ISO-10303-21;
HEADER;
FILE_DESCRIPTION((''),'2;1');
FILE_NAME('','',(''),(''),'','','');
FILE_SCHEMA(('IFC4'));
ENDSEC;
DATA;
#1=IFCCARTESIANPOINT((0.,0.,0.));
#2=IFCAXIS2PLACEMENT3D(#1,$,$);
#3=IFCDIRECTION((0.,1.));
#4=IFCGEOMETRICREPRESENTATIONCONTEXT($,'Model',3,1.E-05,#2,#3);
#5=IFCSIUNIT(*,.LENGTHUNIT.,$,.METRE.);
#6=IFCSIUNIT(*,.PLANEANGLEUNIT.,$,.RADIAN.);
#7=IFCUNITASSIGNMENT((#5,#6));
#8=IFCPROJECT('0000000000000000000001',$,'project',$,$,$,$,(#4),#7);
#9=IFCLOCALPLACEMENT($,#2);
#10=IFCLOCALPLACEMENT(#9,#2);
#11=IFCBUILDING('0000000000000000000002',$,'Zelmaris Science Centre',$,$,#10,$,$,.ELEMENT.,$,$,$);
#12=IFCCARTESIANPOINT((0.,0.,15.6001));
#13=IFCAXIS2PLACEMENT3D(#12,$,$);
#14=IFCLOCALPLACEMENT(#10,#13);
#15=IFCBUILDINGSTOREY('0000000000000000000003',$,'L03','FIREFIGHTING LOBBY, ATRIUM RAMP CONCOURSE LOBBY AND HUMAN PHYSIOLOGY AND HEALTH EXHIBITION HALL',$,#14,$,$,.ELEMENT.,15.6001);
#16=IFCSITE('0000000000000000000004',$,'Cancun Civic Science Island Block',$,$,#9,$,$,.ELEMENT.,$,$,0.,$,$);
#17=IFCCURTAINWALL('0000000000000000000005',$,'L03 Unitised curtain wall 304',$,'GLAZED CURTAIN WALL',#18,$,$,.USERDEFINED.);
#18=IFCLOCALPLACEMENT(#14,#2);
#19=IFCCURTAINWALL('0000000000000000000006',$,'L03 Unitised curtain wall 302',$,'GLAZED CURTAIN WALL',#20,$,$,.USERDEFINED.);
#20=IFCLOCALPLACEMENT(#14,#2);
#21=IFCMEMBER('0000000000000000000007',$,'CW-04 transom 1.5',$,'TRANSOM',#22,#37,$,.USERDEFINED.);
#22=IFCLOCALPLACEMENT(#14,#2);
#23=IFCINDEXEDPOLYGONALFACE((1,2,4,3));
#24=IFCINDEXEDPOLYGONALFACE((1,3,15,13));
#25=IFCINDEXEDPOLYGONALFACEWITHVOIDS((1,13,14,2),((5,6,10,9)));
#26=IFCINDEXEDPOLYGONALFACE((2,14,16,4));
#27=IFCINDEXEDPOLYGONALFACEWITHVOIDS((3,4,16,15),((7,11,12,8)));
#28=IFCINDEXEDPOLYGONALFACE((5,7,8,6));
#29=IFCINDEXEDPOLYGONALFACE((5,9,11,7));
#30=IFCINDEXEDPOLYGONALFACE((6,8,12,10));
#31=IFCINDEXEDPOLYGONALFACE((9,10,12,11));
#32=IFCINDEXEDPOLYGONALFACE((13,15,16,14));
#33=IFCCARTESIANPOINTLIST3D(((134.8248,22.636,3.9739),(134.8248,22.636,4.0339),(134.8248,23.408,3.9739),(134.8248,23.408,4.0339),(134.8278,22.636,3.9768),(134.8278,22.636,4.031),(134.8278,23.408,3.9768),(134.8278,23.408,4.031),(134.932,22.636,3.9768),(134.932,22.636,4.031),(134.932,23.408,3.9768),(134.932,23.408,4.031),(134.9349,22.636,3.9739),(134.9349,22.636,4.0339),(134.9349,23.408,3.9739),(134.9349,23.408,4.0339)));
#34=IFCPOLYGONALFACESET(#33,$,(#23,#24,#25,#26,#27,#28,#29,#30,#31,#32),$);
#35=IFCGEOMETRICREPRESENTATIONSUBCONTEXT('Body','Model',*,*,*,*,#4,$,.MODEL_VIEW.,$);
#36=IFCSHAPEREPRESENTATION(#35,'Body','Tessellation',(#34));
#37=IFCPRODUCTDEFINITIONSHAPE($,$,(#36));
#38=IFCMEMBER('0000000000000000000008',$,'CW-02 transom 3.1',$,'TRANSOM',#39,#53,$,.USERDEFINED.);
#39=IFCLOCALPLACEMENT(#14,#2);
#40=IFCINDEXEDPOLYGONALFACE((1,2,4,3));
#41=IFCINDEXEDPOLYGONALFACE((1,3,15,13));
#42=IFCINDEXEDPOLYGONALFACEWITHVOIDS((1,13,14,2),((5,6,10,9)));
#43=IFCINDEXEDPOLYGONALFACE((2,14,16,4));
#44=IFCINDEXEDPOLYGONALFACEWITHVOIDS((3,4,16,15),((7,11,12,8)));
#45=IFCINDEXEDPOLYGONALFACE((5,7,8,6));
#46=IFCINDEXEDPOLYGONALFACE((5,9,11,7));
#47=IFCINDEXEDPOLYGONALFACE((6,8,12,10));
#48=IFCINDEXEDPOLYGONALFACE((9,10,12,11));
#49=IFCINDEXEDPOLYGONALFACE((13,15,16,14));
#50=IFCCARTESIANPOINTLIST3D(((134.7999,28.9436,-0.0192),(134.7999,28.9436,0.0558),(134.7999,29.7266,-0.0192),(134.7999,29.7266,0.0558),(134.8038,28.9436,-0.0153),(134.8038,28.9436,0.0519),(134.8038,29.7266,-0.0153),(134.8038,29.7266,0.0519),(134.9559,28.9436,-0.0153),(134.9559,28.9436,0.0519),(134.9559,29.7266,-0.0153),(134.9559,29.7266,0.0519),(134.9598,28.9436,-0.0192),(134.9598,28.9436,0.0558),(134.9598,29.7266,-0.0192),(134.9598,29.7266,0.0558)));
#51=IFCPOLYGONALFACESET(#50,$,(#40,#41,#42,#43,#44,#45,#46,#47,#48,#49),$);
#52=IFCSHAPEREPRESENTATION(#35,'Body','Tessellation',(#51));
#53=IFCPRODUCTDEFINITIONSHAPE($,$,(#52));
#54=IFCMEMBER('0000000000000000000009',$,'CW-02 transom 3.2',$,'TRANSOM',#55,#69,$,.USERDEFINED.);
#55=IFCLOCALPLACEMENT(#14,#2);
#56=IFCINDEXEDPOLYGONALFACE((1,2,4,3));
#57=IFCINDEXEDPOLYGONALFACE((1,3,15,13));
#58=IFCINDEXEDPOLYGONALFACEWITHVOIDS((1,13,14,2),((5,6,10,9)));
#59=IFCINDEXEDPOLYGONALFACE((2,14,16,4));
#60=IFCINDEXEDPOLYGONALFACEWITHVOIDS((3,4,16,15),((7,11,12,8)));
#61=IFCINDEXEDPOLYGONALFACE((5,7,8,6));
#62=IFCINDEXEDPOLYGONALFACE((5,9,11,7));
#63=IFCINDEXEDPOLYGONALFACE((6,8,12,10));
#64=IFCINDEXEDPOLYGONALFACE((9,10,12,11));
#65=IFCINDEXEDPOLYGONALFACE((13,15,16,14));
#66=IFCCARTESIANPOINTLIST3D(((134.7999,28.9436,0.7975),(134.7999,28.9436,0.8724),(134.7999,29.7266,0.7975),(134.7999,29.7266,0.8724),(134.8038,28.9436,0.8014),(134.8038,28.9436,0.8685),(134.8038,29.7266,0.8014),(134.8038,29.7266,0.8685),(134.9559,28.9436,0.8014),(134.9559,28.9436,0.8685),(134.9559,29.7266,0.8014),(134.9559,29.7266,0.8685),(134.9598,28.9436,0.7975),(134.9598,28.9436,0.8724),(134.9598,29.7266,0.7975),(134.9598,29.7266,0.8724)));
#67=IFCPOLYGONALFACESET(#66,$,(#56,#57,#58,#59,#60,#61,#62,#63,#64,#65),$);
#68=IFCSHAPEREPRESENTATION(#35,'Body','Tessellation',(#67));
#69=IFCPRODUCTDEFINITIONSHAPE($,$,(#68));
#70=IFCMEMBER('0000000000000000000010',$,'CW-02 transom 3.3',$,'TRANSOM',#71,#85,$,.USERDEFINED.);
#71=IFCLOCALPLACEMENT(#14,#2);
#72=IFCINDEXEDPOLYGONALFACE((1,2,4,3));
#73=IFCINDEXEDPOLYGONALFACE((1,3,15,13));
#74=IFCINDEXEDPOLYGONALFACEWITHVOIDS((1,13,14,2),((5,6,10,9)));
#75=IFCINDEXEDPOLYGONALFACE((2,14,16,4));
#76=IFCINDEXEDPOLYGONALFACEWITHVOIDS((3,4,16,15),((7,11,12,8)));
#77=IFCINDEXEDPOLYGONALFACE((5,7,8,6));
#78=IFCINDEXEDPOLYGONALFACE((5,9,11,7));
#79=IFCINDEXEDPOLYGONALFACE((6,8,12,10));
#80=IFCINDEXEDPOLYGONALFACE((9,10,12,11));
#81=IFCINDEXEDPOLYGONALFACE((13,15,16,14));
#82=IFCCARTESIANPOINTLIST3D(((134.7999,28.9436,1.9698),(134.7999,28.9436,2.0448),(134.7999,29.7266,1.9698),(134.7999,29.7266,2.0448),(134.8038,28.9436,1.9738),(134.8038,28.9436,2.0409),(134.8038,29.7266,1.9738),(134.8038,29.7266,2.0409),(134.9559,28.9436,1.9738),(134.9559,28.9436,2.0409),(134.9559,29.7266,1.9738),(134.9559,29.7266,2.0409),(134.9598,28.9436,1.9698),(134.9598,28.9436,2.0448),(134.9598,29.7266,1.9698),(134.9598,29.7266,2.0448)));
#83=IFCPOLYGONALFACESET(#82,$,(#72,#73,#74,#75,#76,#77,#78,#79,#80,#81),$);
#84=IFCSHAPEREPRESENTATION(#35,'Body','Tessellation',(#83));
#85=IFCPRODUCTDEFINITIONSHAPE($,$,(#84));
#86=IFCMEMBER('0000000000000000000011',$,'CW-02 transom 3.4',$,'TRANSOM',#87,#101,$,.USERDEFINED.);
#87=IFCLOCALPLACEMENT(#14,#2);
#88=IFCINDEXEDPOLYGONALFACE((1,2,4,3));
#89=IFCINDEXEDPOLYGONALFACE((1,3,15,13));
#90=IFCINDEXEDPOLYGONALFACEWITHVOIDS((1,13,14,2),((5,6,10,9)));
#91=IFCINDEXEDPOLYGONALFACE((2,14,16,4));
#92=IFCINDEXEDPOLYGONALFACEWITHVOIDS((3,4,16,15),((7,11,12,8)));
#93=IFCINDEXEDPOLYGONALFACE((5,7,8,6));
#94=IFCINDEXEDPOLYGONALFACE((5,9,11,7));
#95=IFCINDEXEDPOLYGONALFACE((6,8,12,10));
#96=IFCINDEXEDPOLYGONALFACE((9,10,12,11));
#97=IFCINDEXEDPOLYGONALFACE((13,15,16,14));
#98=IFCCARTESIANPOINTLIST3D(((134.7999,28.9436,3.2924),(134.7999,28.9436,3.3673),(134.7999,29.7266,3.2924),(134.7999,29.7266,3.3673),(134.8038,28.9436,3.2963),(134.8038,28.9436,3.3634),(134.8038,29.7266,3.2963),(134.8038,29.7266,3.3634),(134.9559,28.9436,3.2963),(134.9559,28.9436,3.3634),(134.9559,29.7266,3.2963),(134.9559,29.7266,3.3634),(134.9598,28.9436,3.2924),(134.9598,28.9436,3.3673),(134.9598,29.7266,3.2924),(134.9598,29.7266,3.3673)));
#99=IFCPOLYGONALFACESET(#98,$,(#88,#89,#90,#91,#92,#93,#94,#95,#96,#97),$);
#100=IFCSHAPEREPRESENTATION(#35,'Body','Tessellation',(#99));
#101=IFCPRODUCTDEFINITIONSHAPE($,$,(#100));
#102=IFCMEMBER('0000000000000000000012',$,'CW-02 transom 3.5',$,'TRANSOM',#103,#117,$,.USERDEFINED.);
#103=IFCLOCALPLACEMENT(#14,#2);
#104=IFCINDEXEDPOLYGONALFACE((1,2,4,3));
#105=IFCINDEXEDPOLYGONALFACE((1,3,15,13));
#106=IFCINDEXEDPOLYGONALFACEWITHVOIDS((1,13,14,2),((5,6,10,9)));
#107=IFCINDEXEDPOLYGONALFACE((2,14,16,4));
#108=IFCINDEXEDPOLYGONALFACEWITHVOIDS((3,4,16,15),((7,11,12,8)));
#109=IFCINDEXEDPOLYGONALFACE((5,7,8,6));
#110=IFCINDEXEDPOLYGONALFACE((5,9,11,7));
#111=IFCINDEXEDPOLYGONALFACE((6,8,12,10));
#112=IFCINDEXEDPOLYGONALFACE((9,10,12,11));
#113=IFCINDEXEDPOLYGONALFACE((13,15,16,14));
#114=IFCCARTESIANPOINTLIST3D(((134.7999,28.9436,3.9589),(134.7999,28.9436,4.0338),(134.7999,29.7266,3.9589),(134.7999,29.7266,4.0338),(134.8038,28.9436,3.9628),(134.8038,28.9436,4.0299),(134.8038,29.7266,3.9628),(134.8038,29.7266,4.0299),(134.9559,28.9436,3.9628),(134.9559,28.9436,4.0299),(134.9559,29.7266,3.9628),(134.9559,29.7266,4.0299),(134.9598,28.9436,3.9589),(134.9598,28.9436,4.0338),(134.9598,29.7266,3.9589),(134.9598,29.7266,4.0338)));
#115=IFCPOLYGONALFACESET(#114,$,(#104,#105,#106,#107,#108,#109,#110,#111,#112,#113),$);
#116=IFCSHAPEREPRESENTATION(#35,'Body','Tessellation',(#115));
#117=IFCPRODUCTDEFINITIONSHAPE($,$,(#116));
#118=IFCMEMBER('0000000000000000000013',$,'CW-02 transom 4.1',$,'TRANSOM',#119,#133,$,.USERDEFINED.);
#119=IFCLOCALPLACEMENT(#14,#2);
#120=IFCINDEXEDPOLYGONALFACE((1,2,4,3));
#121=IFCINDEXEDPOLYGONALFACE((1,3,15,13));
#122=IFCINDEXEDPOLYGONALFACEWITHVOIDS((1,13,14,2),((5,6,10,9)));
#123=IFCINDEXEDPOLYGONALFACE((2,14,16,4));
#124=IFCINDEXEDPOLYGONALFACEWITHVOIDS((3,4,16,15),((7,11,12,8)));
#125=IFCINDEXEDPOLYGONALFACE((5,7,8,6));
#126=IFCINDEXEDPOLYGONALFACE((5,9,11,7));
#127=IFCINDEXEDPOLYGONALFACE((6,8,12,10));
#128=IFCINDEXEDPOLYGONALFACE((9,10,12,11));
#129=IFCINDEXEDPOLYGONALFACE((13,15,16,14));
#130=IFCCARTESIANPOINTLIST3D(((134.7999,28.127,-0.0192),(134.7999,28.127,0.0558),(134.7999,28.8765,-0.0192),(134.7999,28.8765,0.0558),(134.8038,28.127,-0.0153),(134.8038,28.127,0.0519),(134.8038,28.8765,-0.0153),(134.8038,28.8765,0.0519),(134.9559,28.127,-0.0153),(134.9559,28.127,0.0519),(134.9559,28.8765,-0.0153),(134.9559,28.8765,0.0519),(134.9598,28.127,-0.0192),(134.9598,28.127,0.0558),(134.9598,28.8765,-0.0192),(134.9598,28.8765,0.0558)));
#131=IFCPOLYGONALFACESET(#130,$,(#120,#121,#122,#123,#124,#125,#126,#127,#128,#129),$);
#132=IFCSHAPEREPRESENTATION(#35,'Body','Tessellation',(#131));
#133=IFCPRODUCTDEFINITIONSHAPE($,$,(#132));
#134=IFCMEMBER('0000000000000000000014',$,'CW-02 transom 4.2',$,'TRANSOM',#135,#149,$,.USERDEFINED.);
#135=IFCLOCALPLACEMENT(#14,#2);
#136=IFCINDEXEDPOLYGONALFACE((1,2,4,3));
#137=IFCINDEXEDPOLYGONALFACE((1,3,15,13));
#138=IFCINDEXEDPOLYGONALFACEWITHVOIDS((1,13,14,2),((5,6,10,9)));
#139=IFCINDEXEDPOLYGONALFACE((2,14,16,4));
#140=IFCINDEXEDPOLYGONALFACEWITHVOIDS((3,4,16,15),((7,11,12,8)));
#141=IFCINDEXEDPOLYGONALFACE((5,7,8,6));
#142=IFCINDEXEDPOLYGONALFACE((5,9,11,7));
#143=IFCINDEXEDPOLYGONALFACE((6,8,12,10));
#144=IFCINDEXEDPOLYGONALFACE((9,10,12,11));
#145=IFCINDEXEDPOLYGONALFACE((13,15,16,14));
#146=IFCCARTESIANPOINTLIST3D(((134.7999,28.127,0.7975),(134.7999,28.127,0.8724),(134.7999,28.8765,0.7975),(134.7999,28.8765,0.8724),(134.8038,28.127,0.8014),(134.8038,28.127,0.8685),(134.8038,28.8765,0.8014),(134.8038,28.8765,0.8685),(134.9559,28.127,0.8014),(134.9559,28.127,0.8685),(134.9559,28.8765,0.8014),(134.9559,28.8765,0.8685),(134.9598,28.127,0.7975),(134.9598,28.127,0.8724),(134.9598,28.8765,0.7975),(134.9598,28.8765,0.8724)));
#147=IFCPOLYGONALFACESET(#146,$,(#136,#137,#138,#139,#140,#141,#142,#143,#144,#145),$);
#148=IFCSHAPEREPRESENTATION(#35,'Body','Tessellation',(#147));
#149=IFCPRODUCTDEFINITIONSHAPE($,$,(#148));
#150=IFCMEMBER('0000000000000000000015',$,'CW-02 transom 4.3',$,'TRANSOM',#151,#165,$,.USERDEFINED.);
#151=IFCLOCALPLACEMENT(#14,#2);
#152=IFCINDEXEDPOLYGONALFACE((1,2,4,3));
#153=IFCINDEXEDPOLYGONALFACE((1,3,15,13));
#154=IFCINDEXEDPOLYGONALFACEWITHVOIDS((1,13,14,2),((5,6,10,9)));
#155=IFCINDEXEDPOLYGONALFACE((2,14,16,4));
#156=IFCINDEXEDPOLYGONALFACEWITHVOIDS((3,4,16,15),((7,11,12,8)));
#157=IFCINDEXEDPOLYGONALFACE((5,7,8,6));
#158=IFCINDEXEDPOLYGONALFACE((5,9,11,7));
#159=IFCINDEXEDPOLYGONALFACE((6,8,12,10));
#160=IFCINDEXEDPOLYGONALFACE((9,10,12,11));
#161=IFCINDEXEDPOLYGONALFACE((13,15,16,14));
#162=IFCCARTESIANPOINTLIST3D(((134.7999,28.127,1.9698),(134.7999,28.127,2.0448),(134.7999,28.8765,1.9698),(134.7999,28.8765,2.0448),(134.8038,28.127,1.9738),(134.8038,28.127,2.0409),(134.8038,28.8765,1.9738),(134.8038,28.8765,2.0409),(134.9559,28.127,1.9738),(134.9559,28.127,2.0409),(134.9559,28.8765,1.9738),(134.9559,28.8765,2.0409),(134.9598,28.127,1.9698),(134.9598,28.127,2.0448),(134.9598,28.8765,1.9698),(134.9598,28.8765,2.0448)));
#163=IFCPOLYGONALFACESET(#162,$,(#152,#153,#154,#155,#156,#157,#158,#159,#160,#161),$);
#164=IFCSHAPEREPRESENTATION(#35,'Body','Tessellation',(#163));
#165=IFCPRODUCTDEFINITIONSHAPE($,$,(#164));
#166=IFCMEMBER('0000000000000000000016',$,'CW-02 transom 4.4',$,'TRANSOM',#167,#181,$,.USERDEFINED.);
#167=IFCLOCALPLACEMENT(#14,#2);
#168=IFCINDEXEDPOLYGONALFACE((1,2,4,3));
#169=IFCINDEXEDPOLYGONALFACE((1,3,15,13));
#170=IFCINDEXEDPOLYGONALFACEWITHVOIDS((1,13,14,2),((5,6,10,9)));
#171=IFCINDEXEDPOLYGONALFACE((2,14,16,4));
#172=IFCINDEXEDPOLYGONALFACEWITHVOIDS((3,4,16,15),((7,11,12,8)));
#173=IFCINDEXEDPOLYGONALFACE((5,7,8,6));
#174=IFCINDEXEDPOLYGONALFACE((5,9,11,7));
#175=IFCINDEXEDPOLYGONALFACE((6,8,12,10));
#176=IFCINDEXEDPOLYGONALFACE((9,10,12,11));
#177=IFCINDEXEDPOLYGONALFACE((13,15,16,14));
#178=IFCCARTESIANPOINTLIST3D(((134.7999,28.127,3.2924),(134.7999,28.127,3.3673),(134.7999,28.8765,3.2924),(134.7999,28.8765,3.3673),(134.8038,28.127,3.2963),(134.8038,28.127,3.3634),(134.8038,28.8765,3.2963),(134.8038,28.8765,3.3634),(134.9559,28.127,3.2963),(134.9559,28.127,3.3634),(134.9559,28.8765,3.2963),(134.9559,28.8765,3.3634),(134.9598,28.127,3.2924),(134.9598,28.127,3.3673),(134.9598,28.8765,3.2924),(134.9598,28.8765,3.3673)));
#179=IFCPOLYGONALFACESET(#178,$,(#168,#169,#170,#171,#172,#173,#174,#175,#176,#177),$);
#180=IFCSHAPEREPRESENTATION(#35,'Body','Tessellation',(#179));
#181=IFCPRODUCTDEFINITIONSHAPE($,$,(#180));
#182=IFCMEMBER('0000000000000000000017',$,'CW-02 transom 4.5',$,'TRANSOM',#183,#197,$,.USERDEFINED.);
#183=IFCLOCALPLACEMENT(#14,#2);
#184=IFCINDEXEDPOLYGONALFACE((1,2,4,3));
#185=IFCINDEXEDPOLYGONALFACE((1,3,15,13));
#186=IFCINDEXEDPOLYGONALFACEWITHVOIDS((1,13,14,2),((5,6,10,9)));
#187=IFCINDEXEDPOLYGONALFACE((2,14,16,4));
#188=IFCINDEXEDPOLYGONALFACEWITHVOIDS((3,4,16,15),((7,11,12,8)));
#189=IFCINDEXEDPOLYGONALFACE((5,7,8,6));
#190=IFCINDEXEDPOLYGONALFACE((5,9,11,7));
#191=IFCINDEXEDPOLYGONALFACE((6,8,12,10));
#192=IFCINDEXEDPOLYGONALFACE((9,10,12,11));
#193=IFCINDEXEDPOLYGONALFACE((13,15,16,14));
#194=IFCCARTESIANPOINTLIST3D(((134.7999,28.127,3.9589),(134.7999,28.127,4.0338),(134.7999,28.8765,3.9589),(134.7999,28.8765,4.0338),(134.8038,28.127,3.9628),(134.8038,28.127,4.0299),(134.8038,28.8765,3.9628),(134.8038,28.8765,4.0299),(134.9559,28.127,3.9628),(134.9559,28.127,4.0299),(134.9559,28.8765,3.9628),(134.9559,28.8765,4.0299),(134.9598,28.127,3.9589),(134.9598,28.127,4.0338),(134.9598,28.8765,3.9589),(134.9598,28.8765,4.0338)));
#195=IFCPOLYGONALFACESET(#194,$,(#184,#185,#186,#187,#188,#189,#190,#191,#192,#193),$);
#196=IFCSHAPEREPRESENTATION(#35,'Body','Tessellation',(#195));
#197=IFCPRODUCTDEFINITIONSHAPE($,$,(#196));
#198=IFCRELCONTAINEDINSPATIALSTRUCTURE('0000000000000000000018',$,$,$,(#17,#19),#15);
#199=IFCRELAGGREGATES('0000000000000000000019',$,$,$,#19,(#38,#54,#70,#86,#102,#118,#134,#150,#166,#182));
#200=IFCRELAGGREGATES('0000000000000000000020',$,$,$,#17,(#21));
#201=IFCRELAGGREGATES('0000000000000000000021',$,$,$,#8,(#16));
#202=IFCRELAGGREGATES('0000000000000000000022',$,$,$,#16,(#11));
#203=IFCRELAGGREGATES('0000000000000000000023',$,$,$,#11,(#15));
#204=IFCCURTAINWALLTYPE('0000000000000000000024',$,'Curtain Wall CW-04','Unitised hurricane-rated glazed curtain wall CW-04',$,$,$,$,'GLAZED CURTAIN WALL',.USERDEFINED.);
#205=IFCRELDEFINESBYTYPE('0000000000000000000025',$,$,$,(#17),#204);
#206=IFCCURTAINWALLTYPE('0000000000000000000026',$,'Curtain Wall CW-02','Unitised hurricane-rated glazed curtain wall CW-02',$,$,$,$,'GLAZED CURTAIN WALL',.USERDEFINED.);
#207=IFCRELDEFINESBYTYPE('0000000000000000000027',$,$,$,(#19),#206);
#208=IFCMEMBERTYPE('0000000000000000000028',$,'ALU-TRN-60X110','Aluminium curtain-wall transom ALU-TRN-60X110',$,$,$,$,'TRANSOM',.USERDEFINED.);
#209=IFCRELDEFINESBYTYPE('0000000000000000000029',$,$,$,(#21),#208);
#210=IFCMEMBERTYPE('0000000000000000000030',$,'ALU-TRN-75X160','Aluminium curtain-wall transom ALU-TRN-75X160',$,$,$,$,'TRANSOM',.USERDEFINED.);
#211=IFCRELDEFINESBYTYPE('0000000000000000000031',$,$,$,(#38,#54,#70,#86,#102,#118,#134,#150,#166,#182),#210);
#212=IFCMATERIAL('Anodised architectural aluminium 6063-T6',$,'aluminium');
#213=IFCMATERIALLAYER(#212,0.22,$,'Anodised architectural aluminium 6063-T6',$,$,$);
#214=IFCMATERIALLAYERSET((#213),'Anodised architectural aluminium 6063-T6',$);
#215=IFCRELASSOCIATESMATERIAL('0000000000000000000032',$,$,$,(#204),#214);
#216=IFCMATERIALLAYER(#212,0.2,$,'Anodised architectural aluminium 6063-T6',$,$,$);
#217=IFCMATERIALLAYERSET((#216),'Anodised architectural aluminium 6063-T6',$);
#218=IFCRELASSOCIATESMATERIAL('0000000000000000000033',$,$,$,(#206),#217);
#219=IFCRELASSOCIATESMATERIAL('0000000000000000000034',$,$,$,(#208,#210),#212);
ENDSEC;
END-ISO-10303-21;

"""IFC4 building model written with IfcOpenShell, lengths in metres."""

from ifc_helpers import new_model, si_unit, direction, frame, origin, origin_2d, place, context, subcontext, project, spatial, hollow_rectangle, extrude, material, layer, layer_set, material_profile, profile_set, type_object, element, aggregate, save


model = new_model("IFC4")

# Units and contexts
model_context = context("Model", 3, precision=1e-05, world=origin(), true_north=direction((0.0, 1.0)))
body_context = subcontext(model_context, "Body", "Model", "MODEL_VIEW")
ifc_project = project(units=[si_unit("LENGTHUNIT", "METRE"), si_unit("PLANEANGLEUNIT", "RADIAN")], contexts=[model_context])

# Site, building, storey
site_placement = place(None, origin())
site = spatial("IfcSite", under=ifc_project, at=site_placement, Name="Cancun Civic Science Island Block", CompositionType="ELEMENT", RefElevation=0.0)
building_placement = place(site_placement, origin())
building = spatial("IfcBuilding", under=site, at=building_placement, Name="Zelmaris Science Centre", CompositionType="ELEMENT")
storey_placement = place(building_placement, frame((0.0, 0.0, 15.6001)))
storey = spatial("IfcBuildingStorey", under=building, at=storey_placement, Name="L03", Description="FIREFIGHTING LOBBY, ATRIUM RAMP CONCOURSE LOBBY AND HUMAN PHYSIOLOGY AND HEALTH EXHIBITION HALL", CompositionType="ELEMENT", Elevation=15.6001)

# Curtain wall
ifc_material_1 = material(Name="Anodised architectural aluminium 6063-T6", Category="aluminium")
ifc_layer_1 = layer(ifc_material_1, 0.22, Name="Anodised architectural aluminium 6063-T6")
ifc_layer_set_1 = layer_set([ifc_layer_1], Name="Anodised architectural aluminium 6063-T6")
curtain_wall_type_1 = type_object("IfcCurtainWallType", Name="Curtain Wall CW-04", Description="Unitised hurricane-rated glazed curtain wall CW-04", ElementType="GLAZED CURTAIN WALL", PredefinedType="USERDEFINED", material=ifc_layer_set_1)
curtain_wall_1_placement = place(storey_placement, origin())
curtain_wall_1 = element("IfcCurtainWall", 1, at=curtain_wall_1_placement, inside=storey, type_object=curtain_wall_type_1, Name="L03 Unitised curtain wall 304", ObjectType="GLAZED CURTAIN WALL", PredefinedType="USERDEFINED")

# Curtain wall
ifc_layer_2 = layer(ifc_material_1, 0.2, Name="Anodised architectural aluminium 6063-T6")
ifc_layer_set_2 = layer_set([ifc_layer_2], Name="Anodised architectural aluminium 6063-T6")
curtain_wall_type_2 = type_object("IfcCurtainWallType", Name="Curtain Wall CW-02", Description="Unitised hurricane-rated glazed curtain wall CW-02", ElementType="GLAZED CURTAIN WALL", PredefinedType="USERDEFINED", material=ifc_layer_set_2)
curtain_wall_2_placement = place(storey_placement, origin())
curtain_wall_2 = element("IfcCurtainWall", 2, at=curtain_wall_2_placement, inside=storey, type_object=curtain_wall_type_2, Name="L03 Unitised curtain wall 302", ObjectType="GLAZED CURTAIN WALL", PredefinedType="USERDEFINED")

# Members
ifc_material_profile_1 = material_profile(ifc_material_1, hollow_rectangle(XDim=0.0601, YDim=0.1101, WallThickness=0.0029, at=origin_2d()), Name="ALU-TRN-60X110")
ifc_profile_set_1 = profile_set([ifc_material_profile_1], Name="Anodised architectural aluminium 6063-T6")
member_type_1 = type_object("IfcMemberType", Name="ALU-TRN-60X110", Description="Aluminium curtain-wall transom ALU-TRN-60X110", ElementType="TRANSOM", PredefinedType="USERDEFINED", material=ifc_profile_set_1)
member_1_placement = place(storey_placement, frame((134.8799, 23.408, 4.0039), z_axis=(0.0, -1.0, 0.0), x_axis=(0.0, 0.0, 1.0)))
member_1 = element("IfcMember", 3, at=member_1_placement, type_object=member_type_1, Name="CW-04 transom 1.5", ObjectType="TRANSOM", PredefinedType="USERDEFINED", context=body_context, shape_type="SweptSolid", body=[
    extrude(hollow_rectangle(XDim=0.0601, YDim=0.1101, WallThickness=0.0029, at=origin_2d()), origin(), (0.0, 0.0, 1.0), 0.772),
])
ifc_material_profile_2 = material_profile(ifc_material_1, hollow_rectangle(XDim=0.075, YDim=0.1599, WallThickness=0.0039, at=origin_2d()), Name="ALU-TRN-75X160")
ifc_profile_set_2 = profile_set([ifc_material_profile_2], Name="Anodised architectural aluminium 6063-T6")
member_type_2 = type_object("IfcMemberType", Name="ALU-TRN-75X160", Description="Aluminium curtain-wall transom ALU-TRN-75X160", ElementType="TRANSOM", PredefinedType="USERDEFINED", material=ifc_profile_set_2)
member_2_placement = place(storey_placement, frame((134.8799, 29.7266, 0.0183), z_axis=(0.0, -1.0, 0.0), x_axis=(0.0, 0.0, 1.0)))
member_2 = element("IfcMember", 4, at=member_2_placement, type_object=member_type_2, Name="CW-02 transom 3.1", ObjectType="TRANSOM", PredefinedType="USERDEFINED", context=body_context, shape_type="SweptSolid", body=[
    extrude(hollow_rectangle(XDim=0.075, YDim=0.1599, WallThickness=0.0039, at=origin_2d()), origin(), (0.0, 0.0, 1.0), 0.783),
])
member_3_placement = place(storey_placement, frame((134.8799, 29.7266, 0.835), z_axis=(0.0, -1.0, 0.0), x_axis=(0.0, 0.0, 1.0)))
member_3 = element("IfcMember", 5, at=member_3_placement, type_object=member_type_2, Name="CW-02 transom 3.2", ObjectType="TRANSOM", PredefinedType="USERDEFINED", context=body_context, shape_type="SweptSolid", body=[
    extrude(hollow_rectangle(XDim=0.075, YDim=0.1599, WallThickness=0.0039, at=origin_2d()), origin(), (0.0, 0.0, 1.0), 0.783),
])
member_4_placement = place(storey_placement, frame((134.8799, 29.7266, 2.0073), z_axis=(0.0, -1.0, 0.0), x_axis=(0.0, 0.0, 1.0)))
member_4 = element("IfcMember", 6, at=member_4_placement, type_object=member_type_2, Name="CW-02 transom 3.3", ObjectType="TRANSOM", PredefinedType="USERDEFINED", context=body_context, shape_type="SweptSolid", body=[
    extrude(hollow_rectangle(XDim=0.075, YDim=0.1599, WallThickness=0.0039, at=origin_2d()), origin(), (0.0, 0.0, 1.0), 0.783),
])
member_5_placement = place(storey_placement, frame((134.8799, 29.7266, 3.3298), z_axis=(0.0, -1.0, 0.0), x_axis=(0.0, 0.0, 1.0)))
member_5 = element("IfcMember", 7, at=member_5_placement, type_object=member_type_2, Name="CW-02 transom 3.4", ObjectType="TRANSOM", PredefinedType="USERDEFINED", context=body_context, shape_type="SweptSolid", body=[
    extrude(hollow_rectangle(XDim=0.075, YDim=0.1599, WallThickness=0.0039, at=origin_2d()), origin(), (0.0, 0.0, 1.0), 0.783),
])
member_6_placement = place(storey_placement, frame((134.8799, 29.7266, 3.9963), z_axis=(0.0, -1.0, 0.0), x_axis=(0.0, 0.0, 1.0)))
member_6 = element("IfcMember", 8, at=member_6_placement, type_object=member_type_2, Name="CW-02 transom 3.5", ObjectType="TRANSOM", PredefinedType="USERDEFINED", context=body_context, shape_type="SweptSolid", body=[
    extrude(hollow_rectangle(XDim=0.075, YDim=0.1599, WallThickness=0.0039, at=origin_2d()), origin(), (0.0, 0.0, 1.0), 0.783),
])
member_7_placement = place(storey_placement, frame((134.8799, 28.8765, 0.0183), z_axis=(0.0, -1.0, 0.0), x_axis=(0.0, 0.0, 1.0)))
member_7 = element("IfcMember", 9, at=member_7_placement, type_object=member_type_2, Name="CW-02 transom 4.1", ObjectType="TRANSOM", PredefinedType="USERDEFINED", context=body_context, shape_type="SweptSolid", body=[
    extrude(hollow_rectangle(XDim=0.075, YDim=0.1599, WallThickness=0.0039, at=origin_2d()), origin(), (0.0, 0.0, 1.0), 0.7495),
])
member_8_placement = place(storey_placement, frame((134.8799, 28.8765, 0.835), z_axis=(0.0, -1.0, 0.0), x_axis=(0.0, 0.0, 1.0)))
member_8 = element("IfcMember", 10, at=member_8_placement, type_object=member_type_2, Name="CW-02 transom 4.2", ObjectType="TRANSOM", PredefinedType="USERDEFINED", context=body_context, shape_type="SweptSolid", body=[
    extrude(hollow_rectangle(XDim=0.075, YDim=0.1599, WallThickness=0.0039, at=origin_2d()), origin(), (0.0, 0.0, 1.0), 0.7495),
])
member_9_placement = place(storey_placement, frame((134.8799, 28.8765, 2.0073), z_axis=(0.0, -1.0, 0.0), x_axis=(0.0, 0.0, 1.0)))
member_9 = element("IfcMember", 11, at=member_9_placement, type_object=member_type_2, Name="CW-02 transom 4.3", ObjectType="TRANSOM", PredefinedType="USERDEFINED", context=body_context, shape_type="SweptSolid", body=[
    extrude(hollow_rectangle(XDim=0.075, YDim=0.1599, WallThickness=0.0039, at=origin_2d()), origin(), (0.0, 0.0, 1.0), 0.7495),
])
member_10_placement = place(storey_placement, frame((134.8799, 28.8765, 3.3298), z_axis=(0.0, -1.0, 0.0), x_axis=(0.0, 0.0, 1.0)))
member_10 = element("IfcMember", 12, at=member_10_placement, type_object=member_type_2, Name="CW-02 transom 4.4", ObjectType="TRANSOM", PredefinedType="USERDEFINED", context=body_context, shape_type="SweptSolid", body=[
    extrude(hollow_rectangle(XDim=0.075, YDim=0.1599, WallThickness=0.0039, at=origin_2d()), origin(), (0.0, 0.0, 1.0), 0.7495),
])
member_11_placement = place(storey_placement, frame((134.8799, 28.8765, 3.9963), z_axis=(0.0, -1.0, 0.0), x_axis=(0.0, 0.0, 1.0)))
member_11 = element("IfcMember", 13, at=member_11_placement, type_object=member_type_2, Name="CW-02 transom 4.5", ObjectType="TRANSOM", PredefinedType="USERDEFINED", context=body_context, shape_type="SweptSolid", body=[
    extrude(hollow_rectangle(XDim=0.075, YDim=0.1599, WallThickness=0.0039, at=origin_2d()), origin(), (0.0, 0.0, 1.0), 0.7495),
])

aggregate(curtain_wall_2, [member_2, member_3, member_4, member_5, member_6, member_7, member_8, member_9, member_10, member_11])
aggregate(curtain_wall_1, [member_1])

save(model, "model.ifc")
